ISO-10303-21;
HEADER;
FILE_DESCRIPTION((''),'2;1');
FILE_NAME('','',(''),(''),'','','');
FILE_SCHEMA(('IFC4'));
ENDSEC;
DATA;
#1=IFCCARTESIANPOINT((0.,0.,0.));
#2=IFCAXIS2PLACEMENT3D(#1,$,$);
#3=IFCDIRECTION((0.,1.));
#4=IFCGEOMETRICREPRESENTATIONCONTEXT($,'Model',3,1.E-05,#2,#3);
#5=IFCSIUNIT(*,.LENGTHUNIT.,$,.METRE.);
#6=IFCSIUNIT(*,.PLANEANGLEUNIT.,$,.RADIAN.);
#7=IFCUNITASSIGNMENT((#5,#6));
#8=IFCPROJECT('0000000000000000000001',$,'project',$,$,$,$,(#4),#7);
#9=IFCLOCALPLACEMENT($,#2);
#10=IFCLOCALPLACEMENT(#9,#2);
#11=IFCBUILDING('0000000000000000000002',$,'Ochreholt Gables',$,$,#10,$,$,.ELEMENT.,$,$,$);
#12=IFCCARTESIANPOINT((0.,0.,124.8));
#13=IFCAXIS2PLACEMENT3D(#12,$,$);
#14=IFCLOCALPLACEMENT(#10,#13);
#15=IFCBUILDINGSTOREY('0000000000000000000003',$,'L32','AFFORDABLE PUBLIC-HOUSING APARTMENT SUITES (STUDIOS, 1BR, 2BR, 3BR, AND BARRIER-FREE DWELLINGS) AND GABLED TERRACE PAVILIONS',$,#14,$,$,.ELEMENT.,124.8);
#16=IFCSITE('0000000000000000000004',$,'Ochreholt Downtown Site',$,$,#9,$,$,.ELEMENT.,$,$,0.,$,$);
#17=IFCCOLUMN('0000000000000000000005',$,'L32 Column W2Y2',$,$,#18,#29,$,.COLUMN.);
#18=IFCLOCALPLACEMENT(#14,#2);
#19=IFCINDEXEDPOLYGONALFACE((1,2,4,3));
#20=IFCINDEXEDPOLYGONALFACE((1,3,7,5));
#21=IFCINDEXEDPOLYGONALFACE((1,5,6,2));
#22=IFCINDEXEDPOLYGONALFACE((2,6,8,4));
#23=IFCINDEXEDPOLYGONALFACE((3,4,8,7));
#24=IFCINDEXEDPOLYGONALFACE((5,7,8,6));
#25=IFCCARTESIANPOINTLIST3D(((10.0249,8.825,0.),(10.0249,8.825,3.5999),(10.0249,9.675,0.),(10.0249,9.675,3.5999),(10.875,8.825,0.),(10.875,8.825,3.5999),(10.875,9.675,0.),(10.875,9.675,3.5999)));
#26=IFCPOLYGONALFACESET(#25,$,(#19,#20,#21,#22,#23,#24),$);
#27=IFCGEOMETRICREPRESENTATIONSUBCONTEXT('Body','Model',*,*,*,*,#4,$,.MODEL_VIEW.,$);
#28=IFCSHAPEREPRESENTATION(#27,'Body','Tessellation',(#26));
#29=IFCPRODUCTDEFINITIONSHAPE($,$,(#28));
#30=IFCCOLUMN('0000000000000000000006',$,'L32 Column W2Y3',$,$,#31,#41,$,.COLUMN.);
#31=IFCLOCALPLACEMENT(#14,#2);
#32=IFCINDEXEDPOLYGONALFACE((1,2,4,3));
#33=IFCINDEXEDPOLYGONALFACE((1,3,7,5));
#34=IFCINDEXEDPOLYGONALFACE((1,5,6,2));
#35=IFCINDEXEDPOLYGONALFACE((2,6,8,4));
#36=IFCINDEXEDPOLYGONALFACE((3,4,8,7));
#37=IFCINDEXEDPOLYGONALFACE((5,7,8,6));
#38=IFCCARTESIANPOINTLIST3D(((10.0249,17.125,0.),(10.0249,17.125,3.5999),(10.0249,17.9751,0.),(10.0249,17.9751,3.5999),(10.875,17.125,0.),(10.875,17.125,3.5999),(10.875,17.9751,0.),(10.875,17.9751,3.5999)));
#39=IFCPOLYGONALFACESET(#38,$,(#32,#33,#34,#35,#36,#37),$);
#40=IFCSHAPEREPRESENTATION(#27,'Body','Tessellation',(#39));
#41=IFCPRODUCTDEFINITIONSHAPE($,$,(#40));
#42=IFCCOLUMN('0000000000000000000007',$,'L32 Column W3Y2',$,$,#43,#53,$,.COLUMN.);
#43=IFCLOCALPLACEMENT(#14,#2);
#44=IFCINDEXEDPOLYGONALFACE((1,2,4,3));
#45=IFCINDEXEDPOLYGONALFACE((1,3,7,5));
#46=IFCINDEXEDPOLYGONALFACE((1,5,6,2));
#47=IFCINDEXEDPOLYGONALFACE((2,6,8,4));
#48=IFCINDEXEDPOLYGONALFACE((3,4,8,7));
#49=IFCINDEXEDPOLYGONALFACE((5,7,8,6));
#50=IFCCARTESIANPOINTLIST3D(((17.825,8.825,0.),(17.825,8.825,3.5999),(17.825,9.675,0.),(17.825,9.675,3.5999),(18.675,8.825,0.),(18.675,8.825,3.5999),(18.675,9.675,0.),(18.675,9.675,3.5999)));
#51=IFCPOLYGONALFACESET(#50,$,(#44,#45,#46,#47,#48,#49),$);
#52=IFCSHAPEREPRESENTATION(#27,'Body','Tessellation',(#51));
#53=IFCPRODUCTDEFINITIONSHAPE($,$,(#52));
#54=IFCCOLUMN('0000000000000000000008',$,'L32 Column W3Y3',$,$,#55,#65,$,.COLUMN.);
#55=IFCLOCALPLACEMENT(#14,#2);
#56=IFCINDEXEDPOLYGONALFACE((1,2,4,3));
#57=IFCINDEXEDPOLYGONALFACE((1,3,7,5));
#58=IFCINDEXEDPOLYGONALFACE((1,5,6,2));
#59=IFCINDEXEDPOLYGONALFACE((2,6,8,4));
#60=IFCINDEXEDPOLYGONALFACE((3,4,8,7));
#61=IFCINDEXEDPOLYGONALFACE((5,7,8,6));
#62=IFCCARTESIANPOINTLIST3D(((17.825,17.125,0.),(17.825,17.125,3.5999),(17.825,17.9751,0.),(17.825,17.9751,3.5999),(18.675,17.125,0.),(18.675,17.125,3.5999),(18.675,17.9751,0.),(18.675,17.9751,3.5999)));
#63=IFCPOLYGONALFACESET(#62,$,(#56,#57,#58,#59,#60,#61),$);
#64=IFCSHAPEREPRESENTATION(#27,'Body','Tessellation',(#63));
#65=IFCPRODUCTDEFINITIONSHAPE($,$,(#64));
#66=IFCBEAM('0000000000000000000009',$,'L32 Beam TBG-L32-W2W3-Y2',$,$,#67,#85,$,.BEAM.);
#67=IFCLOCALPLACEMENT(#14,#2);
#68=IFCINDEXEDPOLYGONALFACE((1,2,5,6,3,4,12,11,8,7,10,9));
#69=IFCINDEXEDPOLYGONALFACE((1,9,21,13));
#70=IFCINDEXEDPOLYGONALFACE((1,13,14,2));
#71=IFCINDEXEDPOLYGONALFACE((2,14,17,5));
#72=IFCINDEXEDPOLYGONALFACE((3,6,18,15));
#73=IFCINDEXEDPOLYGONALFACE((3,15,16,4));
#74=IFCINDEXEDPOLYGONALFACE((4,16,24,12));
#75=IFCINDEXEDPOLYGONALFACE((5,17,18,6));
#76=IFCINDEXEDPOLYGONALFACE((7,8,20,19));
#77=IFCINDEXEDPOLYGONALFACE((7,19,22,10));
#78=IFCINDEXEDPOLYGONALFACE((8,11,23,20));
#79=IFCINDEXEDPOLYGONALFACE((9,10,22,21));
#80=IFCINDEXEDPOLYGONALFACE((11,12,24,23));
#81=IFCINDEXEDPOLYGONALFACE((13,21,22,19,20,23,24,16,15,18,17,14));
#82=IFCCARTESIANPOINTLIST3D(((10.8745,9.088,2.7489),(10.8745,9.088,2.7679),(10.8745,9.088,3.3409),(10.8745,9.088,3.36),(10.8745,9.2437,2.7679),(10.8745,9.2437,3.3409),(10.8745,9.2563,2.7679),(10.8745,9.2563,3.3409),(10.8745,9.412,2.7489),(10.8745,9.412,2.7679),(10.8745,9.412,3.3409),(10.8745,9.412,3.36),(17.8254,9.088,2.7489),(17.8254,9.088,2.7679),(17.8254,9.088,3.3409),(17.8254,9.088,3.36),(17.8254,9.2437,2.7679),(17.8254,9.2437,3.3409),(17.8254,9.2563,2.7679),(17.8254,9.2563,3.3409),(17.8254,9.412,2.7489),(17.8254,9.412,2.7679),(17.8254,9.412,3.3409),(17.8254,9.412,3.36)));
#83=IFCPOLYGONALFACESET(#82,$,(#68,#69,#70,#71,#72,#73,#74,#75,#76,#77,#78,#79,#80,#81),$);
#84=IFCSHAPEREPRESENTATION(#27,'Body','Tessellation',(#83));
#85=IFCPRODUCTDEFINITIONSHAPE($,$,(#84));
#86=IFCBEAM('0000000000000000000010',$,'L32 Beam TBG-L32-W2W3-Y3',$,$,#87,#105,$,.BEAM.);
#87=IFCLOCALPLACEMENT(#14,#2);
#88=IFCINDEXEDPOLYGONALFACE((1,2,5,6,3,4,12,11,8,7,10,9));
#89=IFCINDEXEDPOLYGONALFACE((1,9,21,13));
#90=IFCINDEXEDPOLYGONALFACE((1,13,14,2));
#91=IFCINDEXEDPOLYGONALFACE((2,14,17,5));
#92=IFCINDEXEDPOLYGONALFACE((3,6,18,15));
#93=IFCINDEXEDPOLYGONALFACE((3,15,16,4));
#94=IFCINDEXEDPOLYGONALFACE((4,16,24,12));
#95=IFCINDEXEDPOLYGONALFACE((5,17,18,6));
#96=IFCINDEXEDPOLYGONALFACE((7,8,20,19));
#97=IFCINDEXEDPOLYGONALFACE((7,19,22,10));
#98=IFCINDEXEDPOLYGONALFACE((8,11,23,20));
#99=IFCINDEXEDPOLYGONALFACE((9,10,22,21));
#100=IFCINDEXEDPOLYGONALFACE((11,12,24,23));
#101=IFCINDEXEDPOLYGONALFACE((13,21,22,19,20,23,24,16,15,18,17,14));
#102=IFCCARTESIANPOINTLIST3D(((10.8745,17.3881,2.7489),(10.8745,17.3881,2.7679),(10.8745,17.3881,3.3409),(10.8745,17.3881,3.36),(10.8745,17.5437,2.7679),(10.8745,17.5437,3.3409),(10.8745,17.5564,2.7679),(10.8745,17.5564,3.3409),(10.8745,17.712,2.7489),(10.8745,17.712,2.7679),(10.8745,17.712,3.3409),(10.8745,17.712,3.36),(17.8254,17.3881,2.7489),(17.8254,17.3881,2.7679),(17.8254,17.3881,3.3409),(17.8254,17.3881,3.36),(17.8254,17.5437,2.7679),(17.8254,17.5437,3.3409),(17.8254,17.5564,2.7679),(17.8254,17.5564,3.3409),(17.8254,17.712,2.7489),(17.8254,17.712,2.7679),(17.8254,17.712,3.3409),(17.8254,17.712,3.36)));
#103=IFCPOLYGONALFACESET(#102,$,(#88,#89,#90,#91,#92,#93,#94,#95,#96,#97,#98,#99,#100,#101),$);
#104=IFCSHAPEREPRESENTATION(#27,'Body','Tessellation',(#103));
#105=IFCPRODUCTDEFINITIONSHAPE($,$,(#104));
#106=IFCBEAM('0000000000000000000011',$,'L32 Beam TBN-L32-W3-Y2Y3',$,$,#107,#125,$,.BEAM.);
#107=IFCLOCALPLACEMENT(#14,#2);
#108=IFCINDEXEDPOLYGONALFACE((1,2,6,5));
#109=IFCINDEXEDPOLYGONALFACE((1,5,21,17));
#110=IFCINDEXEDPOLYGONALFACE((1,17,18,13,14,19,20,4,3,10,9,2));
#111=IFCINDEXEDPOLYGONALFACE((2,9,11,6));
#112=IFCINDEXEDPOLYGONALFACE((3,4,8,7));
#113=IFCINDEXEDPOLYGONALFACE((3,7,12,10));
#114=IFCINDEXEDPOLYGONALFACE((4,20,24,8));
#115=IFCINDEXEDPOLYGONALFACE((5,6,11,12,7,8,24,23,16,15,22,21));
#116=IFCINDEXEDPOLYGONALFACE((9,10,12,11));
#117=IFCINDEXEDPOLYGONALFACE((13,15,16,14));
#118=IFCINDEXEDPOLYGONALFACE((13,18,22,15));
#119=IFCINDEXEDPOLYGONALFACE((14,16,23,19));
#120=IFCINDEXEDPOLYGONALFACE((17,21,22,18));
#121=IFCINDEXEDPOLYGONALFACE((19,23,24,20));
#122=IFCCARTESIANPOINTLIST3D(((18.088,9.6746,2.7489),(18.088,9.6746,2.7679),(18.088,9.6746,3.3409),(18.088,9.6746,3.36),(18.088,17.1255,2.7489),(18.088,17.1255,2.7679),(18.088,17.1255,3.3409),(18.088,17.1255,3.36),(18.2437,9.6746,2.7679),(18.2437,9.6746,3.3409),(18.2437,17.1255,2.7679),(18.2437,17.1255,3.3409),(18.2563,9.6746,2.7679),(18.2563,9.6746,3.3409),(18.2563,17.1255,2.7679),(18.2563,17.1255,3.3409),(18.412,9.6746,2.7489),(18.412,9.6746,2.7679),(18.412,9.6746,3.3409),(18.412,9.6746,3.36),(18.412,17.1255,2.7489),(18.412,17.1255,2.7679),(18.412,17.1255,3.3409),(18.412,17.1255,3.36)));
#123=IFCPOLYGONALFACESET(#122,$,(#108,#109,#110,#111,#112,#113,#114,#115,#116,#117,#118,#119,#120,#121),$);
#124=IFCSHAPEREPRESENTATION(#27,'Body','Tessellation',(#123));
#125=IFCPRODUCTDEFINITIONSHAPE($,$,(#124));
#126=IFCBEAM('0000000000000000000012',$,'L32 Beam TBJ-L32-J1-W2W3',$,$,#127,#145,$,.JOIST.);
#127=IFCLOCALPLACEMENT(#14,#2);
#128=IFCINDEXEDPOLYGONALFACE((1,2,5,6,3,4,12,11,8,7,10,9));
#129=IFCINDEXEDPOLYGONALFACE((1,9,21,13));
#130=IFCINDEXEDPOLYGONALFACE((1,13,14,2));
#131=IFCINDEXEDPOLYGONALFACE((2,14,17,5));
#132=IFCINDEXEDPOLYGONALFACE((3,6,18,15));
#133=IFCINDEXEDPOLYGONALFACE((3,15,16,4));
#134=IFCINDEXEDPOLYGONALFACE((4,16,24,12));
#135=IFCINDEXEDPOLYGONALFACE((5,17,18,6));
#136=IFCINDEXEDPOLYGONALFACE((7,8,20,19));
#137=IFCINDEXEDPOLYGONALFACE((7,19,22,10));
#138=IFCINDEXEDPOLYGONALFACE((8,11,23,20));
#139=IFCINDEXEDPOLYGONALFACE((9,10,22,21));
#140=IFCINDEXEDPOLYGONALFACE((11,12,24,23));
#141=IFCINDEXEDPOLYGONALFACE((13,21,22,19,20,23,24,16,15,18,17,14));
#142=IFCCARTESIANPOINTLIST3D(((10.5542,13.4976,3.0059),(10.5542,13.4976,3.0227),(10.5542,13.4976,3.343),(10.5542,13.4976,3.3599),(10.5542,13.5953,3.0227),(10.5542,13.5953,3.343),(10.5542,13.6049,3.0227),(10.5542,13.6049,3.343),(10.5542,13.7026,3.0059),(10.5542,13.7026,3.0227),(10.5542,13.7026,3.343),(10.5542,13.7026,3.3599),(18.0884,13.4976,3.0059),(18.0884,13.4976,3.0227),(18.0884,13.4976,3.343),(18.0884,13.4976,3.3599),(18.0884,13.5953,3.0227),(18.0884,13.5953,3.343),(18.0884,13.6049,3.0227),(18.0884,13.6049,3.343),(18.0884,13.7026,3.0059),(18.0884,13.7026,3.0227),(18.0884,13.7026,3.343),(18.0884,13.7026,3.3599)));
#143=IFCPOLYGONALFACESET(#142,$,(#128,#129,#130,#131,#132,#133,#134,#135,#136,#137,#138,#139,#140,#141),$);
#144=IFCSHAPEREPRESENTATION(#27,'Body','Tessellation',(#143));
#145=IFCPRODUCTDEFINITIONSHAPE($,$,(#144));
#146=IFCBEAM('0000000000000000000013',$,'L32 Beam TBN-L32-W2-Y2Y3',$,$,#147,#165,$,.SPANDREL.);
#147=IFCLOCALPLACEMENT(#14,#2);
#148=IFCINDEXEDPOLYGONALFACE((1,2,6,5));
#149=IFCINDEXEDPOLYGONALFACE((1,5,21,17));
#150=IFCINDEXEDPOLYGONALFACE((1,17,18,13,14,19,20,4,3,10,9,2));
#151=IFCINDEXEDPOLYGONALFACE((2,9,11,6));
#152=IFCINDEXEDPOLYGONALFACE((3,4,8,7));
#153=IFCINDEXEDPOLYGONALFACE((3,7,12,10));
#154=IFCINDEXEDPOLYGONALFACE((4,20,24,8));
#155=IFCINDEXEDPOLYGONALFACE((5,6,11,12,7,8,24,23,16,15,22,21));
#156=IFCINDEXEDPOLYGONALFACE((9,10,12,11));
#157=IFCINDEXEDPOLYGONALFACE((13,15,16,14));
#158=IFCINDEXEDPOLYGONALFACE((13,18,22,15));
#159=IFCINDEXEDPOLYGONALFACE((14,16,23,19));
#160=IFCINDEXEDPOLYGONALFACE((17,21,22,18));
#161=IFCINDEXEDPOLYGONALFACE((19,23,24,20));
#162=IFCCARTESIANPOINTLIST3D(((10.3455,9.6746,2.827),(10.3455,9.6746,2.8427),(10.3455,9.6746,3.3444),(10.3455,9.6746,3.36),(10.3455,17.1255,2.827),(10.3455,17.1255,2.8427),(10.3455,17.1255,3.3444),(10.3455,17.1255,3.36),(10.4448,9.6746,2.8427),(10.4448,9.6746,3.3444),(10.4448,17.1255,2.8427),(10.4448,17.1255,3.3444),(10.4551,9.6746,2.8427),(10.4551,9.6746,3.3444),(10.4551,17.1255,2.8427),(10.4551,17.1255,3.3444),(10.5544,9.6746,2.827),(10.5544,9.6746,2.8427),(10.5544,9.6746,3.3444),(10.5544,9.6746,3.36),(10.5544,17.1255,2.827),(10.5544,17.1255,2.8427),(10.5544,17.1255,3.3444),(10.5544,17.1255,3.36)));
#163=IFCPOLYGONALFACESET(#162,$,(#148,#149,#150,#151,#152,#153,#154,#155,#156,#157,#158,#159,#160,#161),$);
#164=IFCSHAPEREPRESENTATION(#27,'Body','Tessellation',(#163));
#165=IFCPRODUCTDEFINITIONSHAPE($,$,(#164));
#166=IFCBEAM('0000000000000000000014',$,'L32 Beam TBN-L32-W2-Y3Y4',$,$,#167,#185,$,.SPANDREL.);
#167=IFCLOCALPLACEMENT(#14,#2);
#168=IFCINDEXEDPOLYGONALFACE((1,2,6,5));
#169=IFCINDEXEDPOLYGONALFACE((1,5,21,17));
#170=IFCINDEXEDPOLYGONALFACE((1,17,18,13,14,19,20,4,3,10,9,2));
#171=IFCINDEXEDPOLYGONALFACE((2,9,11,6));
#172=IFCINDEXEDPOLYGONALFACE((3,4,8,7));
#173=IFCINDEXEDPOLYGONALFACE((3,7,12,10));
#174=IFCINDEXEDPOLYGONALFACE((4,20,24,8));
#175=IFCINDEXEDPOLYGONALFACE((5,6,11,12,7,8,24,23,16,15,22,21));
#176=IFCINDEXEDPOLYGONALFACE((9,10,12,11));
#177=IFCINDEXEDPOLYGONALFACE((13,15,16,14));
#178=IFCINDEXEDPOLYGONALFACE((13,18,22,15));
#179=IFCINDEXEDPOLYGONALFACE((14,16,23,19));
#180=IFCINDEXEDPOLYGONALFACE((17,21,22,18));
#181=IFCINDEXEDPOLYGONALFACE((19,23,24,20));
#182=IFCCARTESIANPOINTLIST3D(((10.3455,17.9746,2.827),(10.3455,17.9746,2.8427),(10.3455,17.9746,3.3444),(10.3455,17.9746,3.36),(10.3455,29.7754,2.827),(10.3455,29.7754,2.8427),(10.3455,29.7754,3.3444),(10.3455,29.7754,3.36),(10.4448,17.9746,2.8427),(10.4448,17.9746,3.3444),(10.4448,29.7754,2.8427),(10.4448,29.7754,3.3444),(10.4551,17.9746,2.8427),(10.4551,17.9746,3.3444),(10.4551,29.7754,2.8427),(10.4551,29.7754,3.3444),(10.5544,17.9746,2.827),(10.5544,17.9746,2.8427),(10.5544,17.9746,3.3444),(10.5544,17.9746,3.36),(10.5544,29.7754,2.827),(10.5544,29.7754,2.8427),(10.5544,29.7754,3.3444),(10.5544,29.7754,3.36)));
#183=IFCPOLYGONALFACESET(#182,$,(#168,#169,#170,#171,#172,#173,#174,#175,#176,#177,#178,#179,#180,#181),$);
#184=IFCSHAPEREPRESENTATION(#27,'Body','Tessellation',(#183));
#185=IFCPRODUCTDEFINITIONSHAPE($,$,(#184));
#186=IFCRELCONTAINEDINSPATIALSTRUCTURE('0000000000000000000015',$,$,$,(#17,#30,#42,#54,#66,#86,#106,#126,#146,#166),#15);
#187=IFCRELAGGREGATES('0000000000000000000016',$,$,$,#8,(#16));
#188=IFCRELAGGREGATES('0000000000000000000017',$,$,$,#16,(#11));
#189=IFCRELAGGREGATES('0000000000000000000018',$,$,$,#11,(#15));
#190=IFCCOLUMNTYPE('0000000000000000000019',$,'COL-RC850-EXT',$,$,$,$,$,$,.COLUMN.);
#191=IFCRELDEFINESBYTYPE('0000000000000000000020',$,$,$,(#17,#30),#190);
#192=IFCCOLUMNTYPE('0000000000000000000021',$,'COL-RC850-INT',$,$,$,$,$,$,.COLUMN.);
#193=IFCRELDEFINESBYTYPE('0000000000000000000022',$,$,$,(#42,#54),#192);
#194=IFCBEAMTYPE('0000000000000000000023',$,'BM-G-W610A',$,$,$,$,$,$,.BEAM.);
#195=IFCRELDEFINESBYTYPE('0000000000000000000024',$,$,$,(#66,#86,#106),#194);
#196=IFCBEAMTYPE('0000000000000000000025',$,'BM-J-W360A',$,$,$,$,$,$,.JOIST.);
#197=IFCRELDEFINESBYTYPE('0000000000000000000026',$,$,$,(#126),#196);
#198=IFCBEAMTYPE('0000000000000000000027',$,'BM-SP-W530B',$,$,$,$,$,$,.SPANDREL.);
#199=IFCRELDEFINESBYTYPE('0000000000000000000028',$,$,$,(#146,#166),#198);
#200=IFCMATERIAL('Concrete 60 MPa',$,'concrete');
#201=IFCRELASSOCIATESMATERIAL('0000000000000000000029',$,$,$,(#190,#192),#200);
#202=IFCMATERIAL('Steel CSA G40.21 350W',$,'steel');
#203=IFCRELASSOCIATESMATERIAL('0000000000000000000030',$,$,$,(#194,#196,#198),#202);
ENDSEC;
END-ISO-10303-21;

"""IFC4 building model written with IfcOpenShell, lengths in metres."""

from ifc_helpers import new_model, si_unit, direction, frame, origin, origin_2d, place, context, subcontext, project, spatial, rectangle, i_section, extrude, material, material_profile, profile_set, type_object, element, save


model = new_model("IFC4")

# Units and contexts
model_context = context("Model", 3, precision=1e-05, world=origin(), true_north=direction((0.0, 1.0)))
body_context = subcontext(model_context, "Body", "Model", "MODEL_VIEW")
ifc_project = project(units=[si_unit("LENGTHUNIT", "METRE"), si_unit("PLANEANGLEUNIT", "RADIAN")], contexts=[model_context])

# Site, building, storey
site_placement = place(None, origin())
site = spatial("IfcSite", under=ifc_project, at=site_placement, Name="Ochreholt Downtown Site", CompositionType="ELEMENT", RefElevation=0.0)
building_placement = place(site_placement, origin())
building = spatial("IfcBuilding", under=site, at=building_placement, Name="Ochreholt Gables", CompositionType="ELEMENT")
storey_placement = place(building_placement, frame((0.0, 0.0, 124.8)))
storey = spatial("IfcBuildingStorey", under=building, at=storey_placement, Name="L32", Description="AFFORDABLE PUBLIC-HOUSING APARTMENT SUITES (STUDIOS, 1BR, 2BR, 3BR, AND BARRIER-FREE DWELLINGS) AND GABLED TERRACE PAVILIONS", CompositionType="ELEMENT", Elevation=124.8)

# Columns
ifc_material_1 = material(Name="Concrete 60 MPa", Category="concrete")
ifc_material_profile_1 = material_profile(ifc_material_1, rectangle(XDim=0.8501, YDim=0.8501, at=origin_2d()), Name="RC850X850")
ifc_profile_set_1 = profile_set([ifc_material_profile_1], Name="Concrete 60 MPa")
column_type_1 = type_object("IfcColumnType", Name="COL-RC850-EXT", PredefinedType="COLUMN", material=ifc_profile_set_1)
for number, where, z_axis, x_axis, name in (
    (1, (10.45, 9.25, 0.0), (0.0, 0.0, 1.0), (1.0, 0.0, 0.0), "L32 Column W2Y2"),
    (2, (10.45, 17.55, 0.0), (0.0, 0.0, 1.0), (1.0, 0.0, 0.0), "L32 Column W2Y3"),
):
    element("IfcColumn", number, at=place(storey_placement, frame(where, z_axis=z_axis, x_axis=x_axis)), inside=storey, type_object=column_type_1, Name=name, PredefinedType="COLUMN", context=body_context, shape_type="SweptSolid", body=[
        extrude(rectangle(XDim=0.8501, YDim=0.8501, at=origin_2d()), origin(), (0.0, 0.0, 1.0), 3.5999),
    ])
ifc_material_profile_2 = material_profile(ifc_material_1, rectangle(XDim=0.8501, YDim=0.8501, at=origin_2d()), Name="RC850X850")
ifc_profile_set_2 = profile_set([ifc_material_profile_2], Name="Concrete 60 MPa")
column_type_2 = type_object("IfcColumnType", Name="COL-RC850-INT", PredefinedType="COLUMN", material=ifc_profile_set_2)
for number, where, z_axis, x_axis, name in (
    (3, (18.25, 9.25, 0.0), (0.0, 0.0, 1.0), (1.0, 0.0, 0.0), "L32 Column W3Y2"),
    (4, (18.25, 17.55, 0.0), (0.0, 0.0, 1.0), (1.0, 0.0, 0.0), "L32 Column W3Y3"),
):
    element("IfcColumn", number, at=place(storey_placement, frame(where, z_axis=z_axis, x_axis=x_axis)), inside=storey, type_object=column_type_2, Name=name, PredefinedType="COLUMN", context=body_context, shape_type="SweptSolid", body=[
        extrude(rectangle(XDim=0.8501, YDim=0.8501, at=origin_2d()), origin(), (0.0, 0.0, 1.0), 3.5999),
    ])

# Beams
ifc_material_2 = material(Name="Steel CSA G40.21 350W", Category="steel")
ifc_material_profile_3 = material_profile(ifc_material_2, i_section(OverallWidth=0.324, OverallDepth=0.6111, WebThickness=0.0127, FlangeThickness=0.019, at=origin_2d()), Name="W610X155")
ifc_profile_set_3 = profile_set([ifc_material_profile_3], Name="Steel CSA G40.21 350W")
beam_type_1 = type_object("IfcBeamType", Name="BM-G-W610A", PredefinedType="BEAM", material=ifc_profile_set_3)
for number, where, z_axis, x_axis, name in (
    (5, (10.8745, 9.25, 3.0544), (1.0, 0.0, 0.0), (0.0, 1.0, 0.0), "L32 Beam TBG-L32-W2W3-Y2"),
    (6, (10.8745, 17.55, 3.0544), (1.0, 0.0, 0.0), (0.0, 1.0, 0.0), "L32 Beam TBG-L32-W2W3-Y3"),
):
    element("IfcBeam", number, at=place(storey_placement, frame(where, z_axis=z_axis, x_axis=x_axis)), inside=storey, type_object=beam_type_1, Name=name, PredefinedType="BEAM", context=body_context, shape_type="SweptSolid", body=[
        extrude(i_section(OverallWidth=0.324, OverallDepth=0.6111, WebThickness=0.0127, FlangeThickness=0.019, at=origin_2d()), origin(), (0.0, 0.0, 1.0), 6.9509),
    ])
beam_1_placement = place(storey_placement, frame((18.25, 9.6746, 3.0544), z_axis=(0.0, 1.0, 0.0), x_axis=(-1.0, 0.0, 0.0)))
element("IfcBeam", 7, at=beam_1_placement, inside=storey, type_object=beam_type_1, Name="L32 Beam TBN-L32-W3-Y2Y3", PredefinedType="BEAM", context=body_context, shape_type="SweptSolid", body=[
    extrude(i_section(OverallWidth=0.324, OverallDepth=0.6111, WebThickness=0.0127, FlangeThickness=0.019, at=origin_2d()), origin(), (0.0, 0.0, 1.0), 7.4509),
])
ifc_material_profile_4 = material_profile(ifc_material_2, i_section(OverallWidth=0.2051, OverallDepth=0.354, WebThickness=0.0095, FlangeThickness=0.0168, at=origin_2d()), Name="W360X79")
ifc_profile_set_4 = profile_set([ifc_material_profile_4], Name="Steel CSA G40.21 350W")
beam_type_2 = type_object("IfcBeamType", Name="BM-J-W360A", PredefinedType="JOIST", material=ifc_profile_set_4)
beam_2_placement = place(storey_placement, frame((10.5542, 13.6001, 3.1829), z_axis=(1.0, 0.0, 0.0), x_axis=(0.0, 1.0, 0.0)))
element("IfcBeam", 8, at=beam_2_placement, inside=storey, type_object=beam_type_2, Name="L32 Beam TBJ-L32-J1-W2W3", PredefinedType="JOIST", context=body_context, shape_type="SweptSolid", body=[
    extrude(i_section(OverallWidth=0.2051, OverallDepth=0.354, WebThickness=0.0095, FlangeThickness=0.0168, at=origin_2d()), origin(), (0.0, 0.0, 1.0), 7.5342),
])
ifc_material_profile_5 = material_profile(ifc_material_2, i_section(OverallWidth=0.209, OverallDepth=0.533, WebThickness=0.0103, FlangeThickness=0.0156, at=origin_2d()), Name="W530X92")
ifc_profile_set_5 = profile_set([ifc_material_profile_5], Name="Steel CSA G40.21 350W")
beam_type_3 = type_object("IfcBeamType", Name="BM-SP-W530B", PredefinedType="SPANDREL", material=ifc_profile_set_5)
beam_3_placement = place(storey_placement, frame((10.45, 9.6746, 3.0935), z_axis=(0.0, 1.0, 0.0), x_axis=(-1.0, 0.0, 0.0)))
element("IfcBeam", 9, at=beam_3_placement, inside=storey, type_object=beam_type_3, Name="L32 Beam TBN-L32-W2-Y2Y3", PredefinedType="SPANDREL", context=body_context, shape_type="SweptSolid", body=[
    extrude(i_section(OverallWidth=0.209, OverallDepth=0.533, WebThickness=0.0103, FlangeThickness=0.0156, at=origin_2d()), origin(), (0.0, 0.0, 1.0), 7.4509),
])
beam_4_placement = place(storey_placement, frame((10.45, 17.9746, 3.0935), z_axis=(0.0, 1.0, 0.0), x_axis=(-1.0, 0.0, 0.0)))
element("IfcBeam", 10, at=beam_4_placement, inside=storey, type_object=beam_type_3, Name="L32 Beam TBN-L32-W2-Y3Y4", PredefinedType="SPANDREL", context=body_context, shape_type="SweptSolid", body=[
    extrude(i_section(OverallWidth=0.209, OverallDepth=0.533, WebThickness=0.0103, FlangeThickness=0.0156, at=origin_2d()), origin(), (0.0, 0.0, 1.0), 11.8008),
])

save(model, "model.ifc")
